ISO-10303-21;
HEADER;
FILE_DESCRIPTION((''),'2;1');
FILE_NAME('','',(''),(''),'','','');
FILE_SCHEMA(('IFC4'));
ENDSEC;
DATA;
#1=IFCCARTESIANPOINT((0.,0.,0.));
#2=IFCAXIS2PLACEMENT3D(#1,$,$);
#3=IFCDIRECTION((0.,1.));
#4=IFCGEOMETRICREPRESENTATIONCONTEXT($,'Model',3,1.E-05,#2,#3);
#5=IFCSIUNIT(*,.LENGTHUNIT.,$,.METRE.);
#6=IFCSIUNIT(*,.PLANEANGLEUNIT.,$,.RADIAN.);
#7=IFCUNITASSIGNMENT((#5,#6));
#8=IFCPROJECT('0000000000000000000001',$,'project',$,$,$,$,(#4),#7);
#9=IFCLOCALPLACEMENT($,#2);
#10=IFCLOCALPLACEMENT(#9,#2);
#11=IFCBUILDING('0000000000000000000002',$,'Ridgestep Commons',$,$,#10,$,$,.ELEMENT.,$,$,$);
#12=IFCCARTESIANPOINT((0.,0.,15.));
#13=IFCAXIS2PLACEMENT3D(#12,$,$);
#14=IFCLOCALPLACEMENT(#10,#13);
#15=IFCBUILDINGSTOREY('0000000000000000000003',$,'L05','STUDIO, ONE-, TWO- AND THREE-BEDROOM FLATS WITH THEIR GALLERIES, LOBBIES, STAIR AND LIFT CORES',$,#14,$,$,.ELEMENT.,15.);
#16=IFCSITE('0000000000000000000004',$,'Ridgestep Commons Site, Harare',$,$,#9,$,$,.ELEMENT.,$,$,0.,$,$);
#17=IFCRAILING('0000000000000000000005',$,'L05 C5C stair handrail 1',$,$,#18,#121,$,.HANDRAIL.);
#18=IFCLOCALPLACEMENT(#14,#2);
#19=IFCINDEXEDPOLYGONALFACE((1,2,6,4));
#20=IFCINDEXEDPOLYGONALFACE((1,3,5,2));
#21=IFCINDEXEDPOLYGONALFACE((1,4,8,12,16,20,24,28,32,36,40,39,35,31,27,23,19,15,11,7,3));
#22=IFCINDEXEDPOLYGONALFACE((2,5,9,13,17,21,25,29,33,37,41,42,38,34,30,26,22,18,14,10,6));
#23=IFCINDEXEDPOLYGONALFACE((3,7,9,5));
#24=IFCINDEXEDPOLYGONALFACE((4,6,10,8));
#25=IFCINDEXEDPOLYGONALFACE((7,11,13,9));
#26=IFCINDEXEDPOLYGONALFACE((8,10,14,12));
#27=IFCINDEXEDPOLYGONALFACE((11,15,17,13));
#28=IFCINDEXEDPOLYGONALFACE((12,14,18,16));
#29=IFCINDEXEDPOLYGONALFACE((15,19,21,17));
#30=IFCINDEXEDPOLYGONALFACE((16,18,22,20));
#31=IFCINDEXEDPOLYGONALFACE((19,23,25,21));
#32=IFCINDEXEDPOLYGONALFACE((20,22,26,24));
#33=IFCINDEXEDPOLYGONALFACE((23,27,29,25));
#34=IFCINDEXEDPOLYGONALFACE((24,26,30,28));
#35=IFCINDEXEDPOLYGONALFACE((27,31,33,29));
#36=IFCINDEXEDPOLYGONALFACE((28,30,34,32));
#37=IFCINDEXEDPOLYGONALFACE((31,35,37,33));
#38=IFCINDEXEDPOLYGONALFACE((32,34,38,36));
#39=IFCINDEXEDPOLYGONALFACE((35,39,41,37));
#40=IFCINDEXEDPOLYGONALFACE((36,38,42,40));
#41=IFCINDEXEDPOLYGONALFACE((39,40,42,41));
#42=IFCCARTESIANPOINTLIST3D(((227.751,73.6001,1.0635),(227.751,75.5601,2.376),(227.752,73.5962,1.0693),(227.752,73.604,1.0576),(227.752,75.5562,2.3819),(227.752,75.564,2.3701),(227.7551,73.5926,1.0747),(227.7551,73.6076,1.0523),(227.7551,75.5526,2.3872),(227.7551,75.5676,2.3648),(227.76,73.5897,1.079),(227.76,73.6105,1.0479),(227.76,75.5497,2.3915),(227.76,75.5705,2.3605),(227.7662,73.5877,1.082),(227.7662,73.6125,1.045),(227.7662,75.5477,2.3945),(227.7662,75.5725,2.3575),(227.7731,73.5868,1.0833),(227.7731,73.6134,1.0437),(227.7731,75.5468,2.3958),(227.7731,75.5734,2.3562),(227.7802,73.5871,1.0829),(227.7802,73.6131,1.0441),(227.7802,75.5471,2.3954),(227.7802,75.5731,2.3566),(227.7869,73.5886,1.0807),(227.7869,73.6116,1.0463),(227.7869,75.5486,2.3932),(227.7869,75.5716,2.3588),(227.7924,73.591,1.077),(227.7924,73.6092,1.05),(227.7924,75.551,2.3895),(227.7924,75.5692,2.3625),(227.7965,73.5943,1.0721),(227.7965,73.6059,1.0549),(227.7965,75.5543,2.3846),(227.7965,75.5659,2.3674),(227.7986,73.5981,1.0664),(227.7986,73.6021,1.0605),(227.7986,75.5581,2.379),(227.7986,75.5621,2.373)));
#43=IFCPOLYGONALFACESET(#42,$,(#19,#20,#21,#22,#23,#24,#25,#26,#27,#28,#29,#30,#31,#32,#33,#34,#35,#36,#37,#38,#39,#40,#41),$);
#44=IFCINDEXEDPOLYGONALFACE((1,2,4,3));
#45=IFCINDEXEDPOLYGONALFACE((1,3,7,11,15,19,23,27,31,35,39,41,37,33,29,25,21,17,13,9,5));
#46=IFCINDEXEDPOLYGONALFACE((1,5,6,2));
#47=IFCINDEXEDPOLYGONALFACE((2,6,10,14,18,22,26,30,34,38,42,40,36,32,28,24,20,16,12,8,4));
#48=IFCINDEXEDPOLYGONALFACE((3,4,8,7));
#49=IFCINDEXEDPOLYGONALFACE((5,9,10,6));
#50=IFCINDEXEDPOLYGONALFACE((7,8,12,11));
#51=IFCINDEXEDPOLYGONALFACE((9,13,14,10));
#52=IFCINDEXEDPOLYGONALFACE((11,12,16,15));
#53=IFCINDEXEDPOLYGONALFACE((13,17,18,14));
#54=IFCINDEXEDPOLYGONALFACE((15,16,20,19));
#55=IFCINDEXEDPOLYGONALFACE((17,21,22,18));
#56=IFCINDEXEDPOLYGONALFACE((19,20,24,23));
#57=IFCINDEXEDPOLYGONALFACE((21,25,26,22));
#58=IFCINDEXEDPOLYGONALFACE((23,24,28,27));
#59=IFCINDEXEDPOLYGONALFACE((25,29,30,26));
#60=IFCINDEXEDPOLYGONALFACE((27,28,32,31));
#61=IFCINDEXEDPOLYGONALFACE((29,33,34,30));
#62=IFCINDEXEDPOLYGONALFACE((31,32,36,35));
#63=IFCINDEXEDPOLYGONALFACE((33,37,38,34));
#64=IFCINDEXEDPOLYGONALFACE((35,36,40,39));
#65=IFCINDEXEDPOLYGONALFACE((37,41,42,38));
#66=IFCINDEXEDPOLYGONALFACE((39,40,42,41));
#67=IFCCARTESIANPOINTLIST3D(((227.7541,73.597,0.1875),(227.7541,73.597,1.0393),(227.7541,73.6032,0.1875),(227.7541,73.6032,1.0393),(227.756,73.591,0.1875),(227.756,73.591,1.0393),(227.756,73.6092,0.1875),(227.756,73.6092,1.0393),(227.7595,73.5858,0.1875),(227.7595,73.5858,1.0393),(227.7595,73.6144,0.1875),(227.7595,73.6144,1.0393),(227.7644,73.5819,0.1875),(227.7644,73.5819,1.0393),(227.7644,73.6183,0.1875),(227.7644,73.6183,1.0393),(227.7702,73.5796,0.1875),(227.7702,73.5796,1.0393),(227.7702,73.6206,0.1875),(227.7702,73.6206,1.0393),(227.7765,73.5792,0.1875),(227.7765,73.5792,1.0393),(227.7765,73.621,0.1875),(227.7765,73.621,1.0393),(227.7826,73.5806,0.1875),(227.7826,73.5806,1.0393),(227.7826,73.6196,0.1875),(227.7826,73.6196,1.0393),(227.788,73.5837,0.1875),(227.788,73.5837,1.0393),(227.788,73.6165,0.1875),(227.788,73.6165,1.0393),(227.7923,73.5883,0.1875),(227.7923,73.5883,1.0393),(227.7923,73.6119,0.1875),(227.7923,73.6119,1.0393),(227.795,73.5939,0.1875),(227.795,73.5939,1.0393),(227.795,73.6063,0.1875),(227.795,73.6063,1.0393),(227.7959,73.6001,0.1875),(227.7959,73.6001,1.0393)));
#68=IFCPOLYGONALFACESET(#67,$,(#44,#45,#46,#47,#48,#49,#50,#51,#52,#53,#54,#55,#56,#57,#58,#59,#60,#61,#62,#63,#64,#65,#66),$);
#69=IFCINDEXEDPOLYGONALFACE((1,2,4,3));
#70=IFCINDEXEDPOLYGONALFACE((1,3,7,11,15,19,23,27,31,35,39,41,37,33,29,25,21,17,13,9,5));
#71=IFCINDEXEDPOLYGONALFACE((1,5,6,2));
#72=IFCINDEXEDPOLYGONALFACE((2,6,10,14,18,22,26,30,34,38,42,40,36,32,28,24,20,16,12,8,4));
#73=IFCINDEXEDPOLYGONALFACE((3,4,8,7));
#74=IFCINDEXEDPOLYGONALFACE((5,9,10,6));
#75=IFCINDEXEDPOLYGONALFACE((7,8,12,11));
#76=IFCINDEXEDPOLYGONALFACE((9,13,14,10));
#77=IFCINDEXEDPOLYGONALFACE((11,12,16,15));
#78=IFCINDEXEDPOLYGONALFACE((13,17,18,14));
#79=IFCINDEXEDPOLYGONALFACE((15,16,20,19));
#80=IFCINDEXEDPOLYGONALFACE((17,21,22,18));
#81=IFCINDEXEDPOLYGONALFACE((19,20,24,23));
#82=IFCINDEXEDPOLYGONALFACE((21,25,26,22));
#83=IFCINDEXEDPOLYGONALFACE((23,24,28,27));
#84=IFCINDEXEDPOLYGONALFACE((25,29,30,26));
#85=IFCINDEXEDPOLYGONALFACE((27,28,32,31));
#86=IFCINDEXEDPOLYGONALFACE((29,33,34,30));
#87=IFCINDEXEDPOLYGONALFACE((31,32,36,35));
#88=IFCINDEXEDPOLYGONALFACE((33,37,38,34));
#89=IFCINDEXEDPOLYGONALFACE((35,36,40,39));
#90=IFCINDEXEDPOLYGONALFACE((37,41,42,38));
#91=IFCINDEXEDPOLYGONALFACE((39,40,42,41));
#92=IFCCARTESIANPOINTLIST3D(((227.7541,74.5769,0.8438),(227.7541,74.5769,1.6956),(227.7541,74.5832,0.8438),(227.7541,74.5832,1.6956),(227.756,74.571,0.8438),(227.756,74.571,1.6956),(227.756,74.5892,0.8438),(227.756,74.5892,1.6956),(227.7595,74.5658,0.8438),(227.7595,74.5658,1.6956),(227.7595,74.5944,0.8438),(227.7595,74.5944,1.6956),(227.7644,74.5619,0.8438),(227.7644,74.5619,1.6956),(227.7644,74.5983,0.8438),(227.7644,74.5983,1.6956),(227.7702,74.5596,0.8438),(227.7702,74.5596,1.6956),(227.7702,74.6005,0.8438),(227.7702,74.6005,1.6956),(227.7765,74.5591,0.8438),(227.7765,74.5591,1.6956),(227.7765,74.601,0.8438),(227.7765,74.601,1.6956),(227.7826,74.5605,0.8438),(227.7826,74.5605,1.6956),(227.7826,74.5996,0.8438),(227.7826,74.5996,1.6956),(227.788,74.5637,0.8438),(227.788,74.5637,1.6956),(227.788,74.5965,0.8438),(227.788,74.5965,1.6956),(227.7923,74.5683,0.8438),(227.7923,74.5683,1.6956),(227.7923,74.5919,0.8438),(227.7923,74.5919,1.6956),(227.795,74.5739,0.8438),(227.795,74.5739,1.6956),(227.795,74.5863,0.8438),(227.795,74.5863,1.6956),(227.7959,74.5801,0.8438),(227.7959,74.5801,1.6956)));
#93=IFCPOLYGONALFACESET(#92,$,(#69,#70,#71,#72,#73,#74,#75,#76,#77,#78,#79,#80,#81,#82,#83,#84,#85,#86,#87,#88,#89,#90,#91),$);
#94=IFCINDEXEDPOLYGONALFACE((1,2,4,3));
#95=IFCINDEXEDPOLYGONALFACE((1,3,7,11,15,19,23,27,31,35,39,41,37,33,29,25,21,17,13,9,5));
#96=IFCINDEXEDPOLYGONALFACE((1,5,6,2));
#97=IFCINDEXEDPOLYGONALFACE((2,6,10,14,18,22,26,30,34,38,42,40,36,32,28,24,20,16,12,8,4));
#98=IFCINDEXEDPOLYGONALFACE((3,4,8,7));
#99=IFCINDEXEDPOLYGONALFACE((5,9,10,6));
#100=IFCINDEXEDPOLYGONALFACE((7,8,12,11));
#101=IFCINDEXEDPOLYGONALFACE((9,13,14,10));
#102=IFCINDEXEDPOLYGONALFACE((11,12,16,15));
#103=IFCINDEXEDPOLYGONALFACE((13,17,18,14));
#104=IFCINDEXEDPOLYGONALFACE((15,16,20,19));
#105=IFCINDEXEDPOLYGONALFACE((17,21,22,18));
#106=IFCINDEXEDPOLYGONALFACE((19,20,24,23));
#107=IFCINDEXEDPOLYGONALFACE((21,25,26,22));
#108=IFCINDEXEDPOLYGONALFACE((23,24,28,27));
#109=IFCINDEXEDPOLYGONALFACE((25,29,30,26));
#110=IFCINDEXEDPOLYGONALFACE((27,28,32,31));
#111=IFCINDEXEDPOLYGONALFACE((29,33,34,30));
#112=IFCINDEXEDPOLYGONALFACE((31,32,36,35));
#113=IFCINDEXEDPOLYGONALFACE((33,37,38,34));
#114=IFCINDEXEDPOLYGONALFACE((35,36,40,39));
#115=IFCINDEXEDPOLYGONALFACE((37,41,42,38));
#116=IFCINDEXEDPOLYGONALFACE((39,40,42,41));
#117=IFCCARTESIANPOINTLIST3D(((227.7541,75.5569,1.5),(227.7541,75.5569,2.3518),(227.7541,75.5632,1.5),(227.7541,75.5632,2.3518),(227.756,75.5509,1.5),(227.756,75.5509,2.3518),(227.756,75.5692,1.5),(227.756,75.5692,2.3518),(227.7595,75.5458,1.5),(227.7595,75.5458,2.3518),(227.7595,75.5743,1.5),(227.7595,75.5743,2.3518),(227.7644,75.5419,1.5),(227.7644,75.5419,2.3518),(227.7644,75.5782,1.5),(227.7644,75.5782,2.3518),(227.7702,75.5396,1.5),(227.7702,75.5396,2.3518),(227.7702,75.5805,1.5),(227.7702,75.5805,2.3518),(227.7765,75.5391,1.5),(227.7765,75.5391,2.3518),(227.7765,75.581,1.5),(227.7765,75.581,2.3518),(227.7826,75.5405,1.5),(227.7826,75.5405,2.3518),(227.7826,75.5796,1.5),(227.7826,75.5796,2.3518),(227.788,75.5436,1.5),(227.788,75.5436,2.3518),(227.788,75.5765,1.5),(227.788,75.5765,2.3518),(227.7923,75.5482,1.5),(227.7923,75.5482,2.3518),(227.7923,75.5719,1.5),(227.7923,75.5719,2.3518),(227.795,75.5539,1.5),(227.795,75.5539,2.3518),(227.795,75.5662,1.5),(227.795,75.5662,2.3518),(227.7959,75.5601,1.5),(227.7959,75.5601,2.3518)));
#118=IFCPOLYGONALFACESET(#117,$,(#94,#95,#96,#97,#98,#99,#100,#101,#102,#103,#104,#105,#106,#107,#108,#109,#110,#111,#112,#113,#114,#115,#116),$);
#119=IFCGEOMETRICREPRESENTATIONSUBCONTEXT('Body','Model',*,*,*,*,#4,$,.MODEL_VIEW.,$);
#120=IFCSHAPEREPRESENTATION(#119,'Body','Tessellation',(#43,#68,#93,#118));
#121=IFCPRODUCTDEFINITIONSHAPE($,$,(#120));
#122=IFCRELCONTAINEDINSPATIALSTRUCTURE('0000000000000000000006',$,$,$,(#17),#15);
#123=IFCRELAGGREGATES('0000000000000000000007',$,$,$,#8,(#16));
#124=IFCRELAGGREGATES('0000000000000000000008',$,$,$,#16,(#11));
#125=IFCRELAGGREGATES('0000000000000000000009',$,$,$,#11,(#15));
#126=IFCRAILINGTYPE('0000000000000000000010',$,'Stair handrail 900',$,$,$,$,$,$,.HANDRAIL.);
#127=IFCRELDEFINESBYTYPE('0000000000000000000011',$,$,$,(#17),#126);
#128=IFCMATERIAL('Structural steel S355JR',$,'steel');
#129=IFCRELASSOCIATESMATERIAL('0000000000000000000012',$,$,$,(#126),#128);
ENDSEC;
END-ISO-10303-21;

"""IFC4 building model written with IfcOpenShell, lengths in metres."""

from ifc_helpers import new_model, si_unit, direction, frame, origin, origin_2d, place, context, subcontext, project, spatial, circle, extrude, material, type_object, element, save


model = new_model("IFC4")

# Units and contexts
model_context = context("Model", 3, precision=1e-05, world=origin(), true_north=direction((0.0, 1.0)))
body_context = subcontext(model_context, "Body", "Model", "MODEL_VIEW")
ifc_project = project(units=[si_unit("LENGTHUNIT", "METRE"), si_unit("PLANEANGLEUNIT", "RADIAN")], contexts=[model_context])

# Site, building, storey
site_placement = place(None, origin())
site = spatial("IfcSite", under=ifc_project, at=site_placement, Name="Ridgestep Commons Site, Harare", CompositionType="ELEMENT", RefElevation=0.0)
building_placement = place(site_placement, origin())
building = spatial("IfcBuilding", under=site, at=building_placement, Name="Ridgestep Commons", CompositionType="ELEMENT")
storey_placement = place(building_placement, frame((0.0, 0.0, 15.0)))
storey = spatial("IfcBuildingStorey", under=building, at=storey_placement, Name="L05", Description="STUDIO, ONE-, TWO- AND THREE-BEDROOM FLATS WITH THEIR GALLERIES, LOBBIES, STAIR AND LIFT CORES", CompositionType="ELEMENT", Elevation=15.0)

# Railing
ifc_material_1 = material(Name="Structural steel S355JR", Category="steel")
railing_type_1 = type_object("IfcRailingType", Name="Stair handrail 900", PredefinedType="HANDRAIL", material=ifc_material_1)
railing_1_placement = place(storey_placement, frame((227.7749, 73.6001, 0.1875)))
element("IfcRailing", 1, at=railing_1_placement, inside=storey, type_object=railing_type_1, Name="L05 C5C stair handrail 1", PredefinedType="HANDRAIL", context=body_context, shape_type="SweptSolid", body=[
    extrude(circle(Radius=0.0239, at=origin_2d()), frame((0.0, 0.0, 0.876), z_axis=(0.0, 0.830902, 0.556419), x_axis=(-1.0, 0.0, 0.0)), (0.0, 0.0, 1.0), 2.3589),
    extrude(circle(Radius=0.021, at=origin_2d()), origin(), (0.0, 0.0, 1.0), 0.8518),
    extrude(circle(Radius=0.021, at=origin_2d()), frame((0.0, 0.98, 0.6562)), (0.0, 0.0, 1.0), 0.8518),
    extrude(circle(Radius=0.021, at=origin_2d()), frame((0.0, 1.96, 1.3125)), (0.0, 0.0, 1.0), 0.8518),
])

save(model, "model.ifc")
